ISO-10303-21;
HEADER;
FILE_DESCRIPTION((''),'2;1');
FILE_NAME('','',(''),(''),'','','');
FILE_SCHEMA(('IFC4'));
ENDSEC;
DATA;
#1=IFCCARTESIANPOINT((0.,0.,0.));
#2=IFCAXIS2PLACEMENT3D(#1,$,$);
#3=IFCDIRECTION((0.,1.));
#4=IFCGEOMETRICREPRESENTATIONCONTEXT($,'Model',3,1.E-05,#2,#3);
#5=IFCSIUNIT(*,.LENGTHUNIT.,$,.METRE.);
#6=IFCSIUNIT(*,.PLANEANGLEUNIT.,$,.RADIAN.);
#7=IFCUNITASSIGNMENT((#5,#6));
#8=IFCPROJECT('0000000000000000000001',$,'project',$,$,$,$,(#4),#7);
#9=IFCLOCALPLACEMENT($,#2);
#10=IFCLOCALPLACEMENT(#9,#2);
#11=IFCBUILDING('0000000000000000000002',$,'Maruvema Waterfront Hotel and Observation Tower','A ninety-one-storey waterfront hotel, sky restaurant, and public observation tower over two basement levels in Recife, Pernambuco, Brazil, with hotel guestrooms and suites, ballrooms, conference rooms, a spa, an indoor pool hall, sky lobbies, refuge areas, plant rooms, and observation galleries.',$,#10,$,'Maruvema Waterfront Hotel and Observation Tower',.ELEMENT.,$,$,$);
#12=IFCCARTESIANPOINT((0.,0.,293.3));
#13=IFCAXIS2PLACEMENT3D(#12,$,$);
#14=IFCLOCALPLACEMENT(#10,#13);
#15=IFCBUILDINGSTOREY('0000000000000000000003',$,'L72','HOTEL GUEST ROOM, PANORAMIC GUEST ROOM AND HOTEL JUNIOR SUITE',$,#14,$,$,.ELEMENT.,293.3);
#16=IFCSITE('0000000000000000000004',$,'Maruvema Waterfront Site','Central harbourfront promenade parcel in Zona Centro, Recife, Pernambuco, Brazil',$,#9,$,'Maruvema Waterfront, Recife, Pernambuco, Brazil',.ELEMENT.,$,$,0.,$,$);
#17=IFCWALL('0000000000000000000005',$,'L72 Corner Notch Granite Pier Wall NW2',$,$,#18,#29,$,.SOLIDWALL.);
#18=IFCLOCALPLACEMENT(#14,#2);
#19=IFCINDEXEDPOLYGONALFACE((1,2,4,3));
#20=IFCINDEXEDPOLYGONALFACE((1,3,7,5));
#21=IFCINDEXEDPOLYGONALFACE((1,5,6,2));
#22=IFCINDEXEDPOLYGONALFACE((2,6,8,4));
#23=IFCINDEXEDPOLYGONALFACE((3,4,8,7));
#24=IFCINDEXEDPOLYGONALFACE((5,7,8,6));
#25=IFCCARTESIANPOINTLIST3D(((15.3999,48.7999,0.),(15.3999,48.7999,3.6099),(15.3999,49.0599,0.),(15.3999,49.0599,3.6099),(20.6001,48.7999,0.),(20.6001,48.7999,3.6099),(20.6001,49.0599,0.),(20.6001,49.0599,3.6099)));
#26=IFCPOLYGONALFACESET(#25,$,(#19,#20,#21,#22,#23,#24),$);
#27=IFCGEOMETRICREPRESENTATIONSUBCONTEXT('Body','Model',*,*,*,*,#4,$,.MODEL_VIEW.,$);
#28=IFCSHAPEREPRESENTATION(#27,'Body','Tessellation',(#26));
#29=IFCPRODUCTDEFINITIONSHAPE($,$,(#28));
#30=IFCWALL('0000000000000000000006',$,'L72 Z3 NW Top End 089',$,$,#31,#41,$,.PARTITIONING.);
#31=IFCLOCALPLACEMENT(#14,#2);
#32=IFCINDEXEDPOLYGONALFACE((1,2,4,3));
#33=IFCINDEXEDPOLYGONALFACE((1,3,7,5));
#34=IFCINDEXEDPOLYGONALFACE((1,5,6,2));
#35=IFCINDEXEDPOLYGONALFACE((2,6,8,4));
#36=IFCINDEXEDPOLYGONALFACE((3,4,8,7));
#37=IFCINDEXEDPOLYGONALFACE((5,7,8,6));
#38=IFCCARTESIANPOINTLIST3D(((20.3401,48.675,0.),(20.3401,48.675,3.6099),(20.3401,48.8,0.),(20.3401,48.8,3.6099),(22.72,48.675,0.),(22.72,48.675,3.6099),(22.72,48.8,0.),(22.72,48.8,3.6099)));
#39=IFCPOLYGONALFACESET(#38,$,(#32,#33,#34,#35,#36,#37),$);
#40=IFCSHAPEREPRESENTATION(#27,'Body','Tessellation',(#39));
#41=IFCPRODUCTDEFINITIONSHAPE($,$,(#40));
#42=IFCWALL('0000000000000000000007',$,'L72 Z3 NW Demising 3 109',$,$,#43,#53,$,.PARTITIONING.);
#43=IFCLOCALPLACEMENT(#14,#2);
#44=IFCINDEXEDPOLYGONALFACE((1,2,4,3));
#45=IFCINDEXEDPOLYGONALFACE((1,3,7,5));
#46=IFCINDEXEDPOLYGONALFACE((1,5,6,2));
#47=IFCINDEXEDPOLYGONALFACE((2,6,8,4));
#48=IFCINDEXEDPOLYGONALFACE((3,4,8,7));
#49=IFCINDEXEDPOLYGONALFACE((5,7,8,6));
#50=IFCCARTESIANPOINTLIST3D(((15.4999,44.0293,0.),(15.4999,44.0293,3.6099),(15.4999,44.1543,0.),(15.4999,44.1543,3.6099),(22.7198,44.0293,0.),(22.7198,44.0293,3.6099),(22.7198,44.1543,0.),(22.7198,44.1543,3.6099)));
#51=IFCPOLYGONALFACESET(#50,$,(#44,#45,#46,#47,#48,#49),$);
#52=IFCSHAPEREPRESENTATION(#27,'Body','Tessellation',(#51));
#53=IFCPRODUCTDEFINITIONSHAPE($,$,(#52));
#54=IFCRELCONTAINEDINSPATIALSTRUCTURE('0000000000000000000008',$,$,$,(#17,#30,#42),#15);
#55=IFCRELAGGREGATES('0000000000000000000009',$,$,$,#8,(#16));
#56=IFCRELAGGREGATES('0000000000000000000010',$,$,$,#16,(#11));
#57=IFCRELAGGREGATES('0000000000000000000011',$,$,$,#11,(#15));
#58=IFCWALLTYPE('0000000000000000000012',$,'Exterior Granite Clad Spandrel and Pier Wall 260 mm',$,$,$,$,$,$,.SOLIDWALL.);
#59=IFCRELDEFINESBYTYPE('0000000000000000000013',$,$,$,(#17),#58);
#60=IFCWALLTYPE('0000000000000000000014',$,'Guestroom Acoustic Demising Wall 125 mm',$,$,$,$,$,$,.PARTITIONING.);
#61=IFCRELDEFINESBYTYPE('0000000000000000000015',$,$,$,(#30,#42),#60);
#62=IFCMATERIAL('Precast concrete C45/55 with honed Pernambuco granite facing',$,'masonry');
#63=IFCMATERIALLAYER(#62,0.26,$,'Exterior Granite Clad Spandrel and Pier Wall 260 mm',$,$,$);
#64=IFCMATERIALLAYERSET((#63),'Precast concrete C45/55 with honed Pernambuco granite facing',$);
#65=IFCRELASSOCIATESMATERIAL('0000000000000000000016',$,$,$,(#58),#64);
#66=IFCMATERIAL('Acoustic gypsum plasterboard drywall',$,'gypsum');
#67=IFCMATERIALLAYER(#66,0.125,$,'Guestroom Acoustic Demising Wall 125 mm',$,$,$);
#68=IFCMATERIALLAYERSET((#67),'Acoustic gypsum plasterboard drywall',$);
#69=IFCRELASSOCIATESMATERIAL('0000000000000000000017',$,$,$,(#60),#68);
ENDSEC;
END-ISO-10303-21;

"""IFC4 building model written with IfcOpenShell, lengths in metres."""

from ifc_helpers import new_model, si_unit, direction, frame, frame_2d, origin, place, context, subcontext, project, spatial, rectangle, extrude, material, layer, layer_set, type_object, element, save


model = new_model("IFC4")

# Units and contexts
model_context = context("Model", 3, precision=1e-05, world=origin(), true_north=direction((0.0, 1.0)))
body_context = subcontext(model_context, "Body", "Model", "MODEL_VIEW")
ifc_project = project(units=[si_unit("LENGTHUNIT", "METRE"), si_unit("PLANEANGLEUNIT", "RADIAN")], contexts=[model_context])

# Site, building, storey
site_placement = place(None, origin())
site = spatial("IfcSite", under=ifc_project, at=site_placement, Name="Maruvema Waterfront Site", Description="Central harbourfront promenade parcel in Zona Centro, Recife, Pernambuco, Brazil", LongName="Maruvema Waterfront, Recife, Pernambuco, Brazil", CompositionType="ELEMENT", RefElevation=0.0)
building_placement = place(site_placement, origin())
building = spatial("IfcBuilding", under=site, at=building_placement, Name="Maruvema Waterfront Hotel and Observation Tower", Description="A ninety-one-storey waterfront hotel, sky restaurant, and public observation tower over two basement levels in Recife, Pernambuco, Brazil, with hotel guestrooms and suites, ballrooms, conference rooms, a spa, an indoor pool hall, sky lobbies, refuge areas, plant rooms, and observation galleries.", LongName="Maruvema Waterfront Hotel and Observation Tower", CompositionType="ELEMENT")
storey_placement = place(building_placement, frame((0.0, 0.0, 293.3)))
storey = spatial("IfcBuildingStorey", under=building, at=storey_placement, Name="L72", Description="HOTEL GUEST ROOM, PANORAMIC GUEST ROOM AND HOTEL JUNIOR SUITE", CompositionType="ELEMENT", Elevation=293.3)

# Walls
ifc_material_1 = material(Name="Precast concrete C45/55 with honed Pernambuco granite facing", Category="masonry")
ifc_layer_1 = layer(ifc_material_1, 0.26, Name="Exterior Granite Clad Spandrel and Pier Wall 260 mm")
ifc_layer_set_1 = layer_set([ifc_layer_1], Name="Precast concrete C45/55 with honed Pernambuco granite facing")
wall_type_1 = type_object("IfcWallType", Name="Exterior Granite Clad Spandrel and Pier Wall 260 mm", PredefinedType="SOLIDWALL", material=ifc_layer_set_1)
wall_1_placement = place(storey_placement, frame((15.3999, 48.9299, 0.0), z_axis=(0.0, 0.0, 1.0), x_axis=(1.0, 0.0, 0.0)))
element("IfcWall", 1, at=wall_1_placement, inside=storey, type_object=wall_type_1, Name="L72 Corner Notch Granite Pier Wall NW2", PredefinedType="SOLIDWALL", context=body_context, shape_type="SweptSolid", body=[
    extrude(rectangle(XDim=5.2002, YDim=0.26, at=frame_2d((2.6001, 0.0))), origin(), (0.0, 0.0, 1.0), 3.6099),
])
ifc_material_2 = material(Name="Acoustic gypsum plasterboard drywall", Category="gypsum")
ifc_layer_2 = layer(ifc_material_2, 0.125, Name="Guestroom Acoustic Demising Wall 125 mm")
ifc_layer_set_2 = layer_set([ifc_layer_2], Name="Acoustic gypsum plasterboard drywall")
wall_type_2 = type_object("IfcWallType", Name="Guestroom Acoustic Demising Wall 125 mm", PredefinedType="PARTITIONING", material=ifc_layer_set_2)
wall_2_placement = place(storey_placement, frame((20.3401, 48.7375, 0.0), z_axis=(0.0, 0.0, 1.0), x_axis=(1.0, 0.0, 0.0)))
element("IfcWall", 2, at=wall_2_placement, inside=storey, type_object=wall_type_2, Name="L72 Z3 NW Top End 089", PredefinedType="PARTITIONING", context=body_context, shape_type="SweptSolid", body=[
    extrude(rectangle(XDim=2.3799, YDim=0.125, at=frame_2d((1.1899, 0.0))), origin(), (0.0, 0.0, 1.0), 3.6099),
])
wall_3_placement = place(storey_placement, frame((15.5, 44.0918, 0.0), z_axis=(0.0, 0.0, 1.0), x_axis=(1.0, 0.0, 0.0)))
element("IfcWall", 3, at=wall_3_placement, inside=storey, type_object=wall_type_2, Name="L72 Z3 NW Demising 3 109", PredefinedType="PARTITIONING", context=body_context, shape_type="SweptSolid", body=[
    extrude(rectangle(XDim=7.22, YDim=0.125, at=frame_2d((3.6099, 0.0))), origin(), (0.0, 0.0, 1.0), 3.6099),
])

save(model, "model.ifc")
